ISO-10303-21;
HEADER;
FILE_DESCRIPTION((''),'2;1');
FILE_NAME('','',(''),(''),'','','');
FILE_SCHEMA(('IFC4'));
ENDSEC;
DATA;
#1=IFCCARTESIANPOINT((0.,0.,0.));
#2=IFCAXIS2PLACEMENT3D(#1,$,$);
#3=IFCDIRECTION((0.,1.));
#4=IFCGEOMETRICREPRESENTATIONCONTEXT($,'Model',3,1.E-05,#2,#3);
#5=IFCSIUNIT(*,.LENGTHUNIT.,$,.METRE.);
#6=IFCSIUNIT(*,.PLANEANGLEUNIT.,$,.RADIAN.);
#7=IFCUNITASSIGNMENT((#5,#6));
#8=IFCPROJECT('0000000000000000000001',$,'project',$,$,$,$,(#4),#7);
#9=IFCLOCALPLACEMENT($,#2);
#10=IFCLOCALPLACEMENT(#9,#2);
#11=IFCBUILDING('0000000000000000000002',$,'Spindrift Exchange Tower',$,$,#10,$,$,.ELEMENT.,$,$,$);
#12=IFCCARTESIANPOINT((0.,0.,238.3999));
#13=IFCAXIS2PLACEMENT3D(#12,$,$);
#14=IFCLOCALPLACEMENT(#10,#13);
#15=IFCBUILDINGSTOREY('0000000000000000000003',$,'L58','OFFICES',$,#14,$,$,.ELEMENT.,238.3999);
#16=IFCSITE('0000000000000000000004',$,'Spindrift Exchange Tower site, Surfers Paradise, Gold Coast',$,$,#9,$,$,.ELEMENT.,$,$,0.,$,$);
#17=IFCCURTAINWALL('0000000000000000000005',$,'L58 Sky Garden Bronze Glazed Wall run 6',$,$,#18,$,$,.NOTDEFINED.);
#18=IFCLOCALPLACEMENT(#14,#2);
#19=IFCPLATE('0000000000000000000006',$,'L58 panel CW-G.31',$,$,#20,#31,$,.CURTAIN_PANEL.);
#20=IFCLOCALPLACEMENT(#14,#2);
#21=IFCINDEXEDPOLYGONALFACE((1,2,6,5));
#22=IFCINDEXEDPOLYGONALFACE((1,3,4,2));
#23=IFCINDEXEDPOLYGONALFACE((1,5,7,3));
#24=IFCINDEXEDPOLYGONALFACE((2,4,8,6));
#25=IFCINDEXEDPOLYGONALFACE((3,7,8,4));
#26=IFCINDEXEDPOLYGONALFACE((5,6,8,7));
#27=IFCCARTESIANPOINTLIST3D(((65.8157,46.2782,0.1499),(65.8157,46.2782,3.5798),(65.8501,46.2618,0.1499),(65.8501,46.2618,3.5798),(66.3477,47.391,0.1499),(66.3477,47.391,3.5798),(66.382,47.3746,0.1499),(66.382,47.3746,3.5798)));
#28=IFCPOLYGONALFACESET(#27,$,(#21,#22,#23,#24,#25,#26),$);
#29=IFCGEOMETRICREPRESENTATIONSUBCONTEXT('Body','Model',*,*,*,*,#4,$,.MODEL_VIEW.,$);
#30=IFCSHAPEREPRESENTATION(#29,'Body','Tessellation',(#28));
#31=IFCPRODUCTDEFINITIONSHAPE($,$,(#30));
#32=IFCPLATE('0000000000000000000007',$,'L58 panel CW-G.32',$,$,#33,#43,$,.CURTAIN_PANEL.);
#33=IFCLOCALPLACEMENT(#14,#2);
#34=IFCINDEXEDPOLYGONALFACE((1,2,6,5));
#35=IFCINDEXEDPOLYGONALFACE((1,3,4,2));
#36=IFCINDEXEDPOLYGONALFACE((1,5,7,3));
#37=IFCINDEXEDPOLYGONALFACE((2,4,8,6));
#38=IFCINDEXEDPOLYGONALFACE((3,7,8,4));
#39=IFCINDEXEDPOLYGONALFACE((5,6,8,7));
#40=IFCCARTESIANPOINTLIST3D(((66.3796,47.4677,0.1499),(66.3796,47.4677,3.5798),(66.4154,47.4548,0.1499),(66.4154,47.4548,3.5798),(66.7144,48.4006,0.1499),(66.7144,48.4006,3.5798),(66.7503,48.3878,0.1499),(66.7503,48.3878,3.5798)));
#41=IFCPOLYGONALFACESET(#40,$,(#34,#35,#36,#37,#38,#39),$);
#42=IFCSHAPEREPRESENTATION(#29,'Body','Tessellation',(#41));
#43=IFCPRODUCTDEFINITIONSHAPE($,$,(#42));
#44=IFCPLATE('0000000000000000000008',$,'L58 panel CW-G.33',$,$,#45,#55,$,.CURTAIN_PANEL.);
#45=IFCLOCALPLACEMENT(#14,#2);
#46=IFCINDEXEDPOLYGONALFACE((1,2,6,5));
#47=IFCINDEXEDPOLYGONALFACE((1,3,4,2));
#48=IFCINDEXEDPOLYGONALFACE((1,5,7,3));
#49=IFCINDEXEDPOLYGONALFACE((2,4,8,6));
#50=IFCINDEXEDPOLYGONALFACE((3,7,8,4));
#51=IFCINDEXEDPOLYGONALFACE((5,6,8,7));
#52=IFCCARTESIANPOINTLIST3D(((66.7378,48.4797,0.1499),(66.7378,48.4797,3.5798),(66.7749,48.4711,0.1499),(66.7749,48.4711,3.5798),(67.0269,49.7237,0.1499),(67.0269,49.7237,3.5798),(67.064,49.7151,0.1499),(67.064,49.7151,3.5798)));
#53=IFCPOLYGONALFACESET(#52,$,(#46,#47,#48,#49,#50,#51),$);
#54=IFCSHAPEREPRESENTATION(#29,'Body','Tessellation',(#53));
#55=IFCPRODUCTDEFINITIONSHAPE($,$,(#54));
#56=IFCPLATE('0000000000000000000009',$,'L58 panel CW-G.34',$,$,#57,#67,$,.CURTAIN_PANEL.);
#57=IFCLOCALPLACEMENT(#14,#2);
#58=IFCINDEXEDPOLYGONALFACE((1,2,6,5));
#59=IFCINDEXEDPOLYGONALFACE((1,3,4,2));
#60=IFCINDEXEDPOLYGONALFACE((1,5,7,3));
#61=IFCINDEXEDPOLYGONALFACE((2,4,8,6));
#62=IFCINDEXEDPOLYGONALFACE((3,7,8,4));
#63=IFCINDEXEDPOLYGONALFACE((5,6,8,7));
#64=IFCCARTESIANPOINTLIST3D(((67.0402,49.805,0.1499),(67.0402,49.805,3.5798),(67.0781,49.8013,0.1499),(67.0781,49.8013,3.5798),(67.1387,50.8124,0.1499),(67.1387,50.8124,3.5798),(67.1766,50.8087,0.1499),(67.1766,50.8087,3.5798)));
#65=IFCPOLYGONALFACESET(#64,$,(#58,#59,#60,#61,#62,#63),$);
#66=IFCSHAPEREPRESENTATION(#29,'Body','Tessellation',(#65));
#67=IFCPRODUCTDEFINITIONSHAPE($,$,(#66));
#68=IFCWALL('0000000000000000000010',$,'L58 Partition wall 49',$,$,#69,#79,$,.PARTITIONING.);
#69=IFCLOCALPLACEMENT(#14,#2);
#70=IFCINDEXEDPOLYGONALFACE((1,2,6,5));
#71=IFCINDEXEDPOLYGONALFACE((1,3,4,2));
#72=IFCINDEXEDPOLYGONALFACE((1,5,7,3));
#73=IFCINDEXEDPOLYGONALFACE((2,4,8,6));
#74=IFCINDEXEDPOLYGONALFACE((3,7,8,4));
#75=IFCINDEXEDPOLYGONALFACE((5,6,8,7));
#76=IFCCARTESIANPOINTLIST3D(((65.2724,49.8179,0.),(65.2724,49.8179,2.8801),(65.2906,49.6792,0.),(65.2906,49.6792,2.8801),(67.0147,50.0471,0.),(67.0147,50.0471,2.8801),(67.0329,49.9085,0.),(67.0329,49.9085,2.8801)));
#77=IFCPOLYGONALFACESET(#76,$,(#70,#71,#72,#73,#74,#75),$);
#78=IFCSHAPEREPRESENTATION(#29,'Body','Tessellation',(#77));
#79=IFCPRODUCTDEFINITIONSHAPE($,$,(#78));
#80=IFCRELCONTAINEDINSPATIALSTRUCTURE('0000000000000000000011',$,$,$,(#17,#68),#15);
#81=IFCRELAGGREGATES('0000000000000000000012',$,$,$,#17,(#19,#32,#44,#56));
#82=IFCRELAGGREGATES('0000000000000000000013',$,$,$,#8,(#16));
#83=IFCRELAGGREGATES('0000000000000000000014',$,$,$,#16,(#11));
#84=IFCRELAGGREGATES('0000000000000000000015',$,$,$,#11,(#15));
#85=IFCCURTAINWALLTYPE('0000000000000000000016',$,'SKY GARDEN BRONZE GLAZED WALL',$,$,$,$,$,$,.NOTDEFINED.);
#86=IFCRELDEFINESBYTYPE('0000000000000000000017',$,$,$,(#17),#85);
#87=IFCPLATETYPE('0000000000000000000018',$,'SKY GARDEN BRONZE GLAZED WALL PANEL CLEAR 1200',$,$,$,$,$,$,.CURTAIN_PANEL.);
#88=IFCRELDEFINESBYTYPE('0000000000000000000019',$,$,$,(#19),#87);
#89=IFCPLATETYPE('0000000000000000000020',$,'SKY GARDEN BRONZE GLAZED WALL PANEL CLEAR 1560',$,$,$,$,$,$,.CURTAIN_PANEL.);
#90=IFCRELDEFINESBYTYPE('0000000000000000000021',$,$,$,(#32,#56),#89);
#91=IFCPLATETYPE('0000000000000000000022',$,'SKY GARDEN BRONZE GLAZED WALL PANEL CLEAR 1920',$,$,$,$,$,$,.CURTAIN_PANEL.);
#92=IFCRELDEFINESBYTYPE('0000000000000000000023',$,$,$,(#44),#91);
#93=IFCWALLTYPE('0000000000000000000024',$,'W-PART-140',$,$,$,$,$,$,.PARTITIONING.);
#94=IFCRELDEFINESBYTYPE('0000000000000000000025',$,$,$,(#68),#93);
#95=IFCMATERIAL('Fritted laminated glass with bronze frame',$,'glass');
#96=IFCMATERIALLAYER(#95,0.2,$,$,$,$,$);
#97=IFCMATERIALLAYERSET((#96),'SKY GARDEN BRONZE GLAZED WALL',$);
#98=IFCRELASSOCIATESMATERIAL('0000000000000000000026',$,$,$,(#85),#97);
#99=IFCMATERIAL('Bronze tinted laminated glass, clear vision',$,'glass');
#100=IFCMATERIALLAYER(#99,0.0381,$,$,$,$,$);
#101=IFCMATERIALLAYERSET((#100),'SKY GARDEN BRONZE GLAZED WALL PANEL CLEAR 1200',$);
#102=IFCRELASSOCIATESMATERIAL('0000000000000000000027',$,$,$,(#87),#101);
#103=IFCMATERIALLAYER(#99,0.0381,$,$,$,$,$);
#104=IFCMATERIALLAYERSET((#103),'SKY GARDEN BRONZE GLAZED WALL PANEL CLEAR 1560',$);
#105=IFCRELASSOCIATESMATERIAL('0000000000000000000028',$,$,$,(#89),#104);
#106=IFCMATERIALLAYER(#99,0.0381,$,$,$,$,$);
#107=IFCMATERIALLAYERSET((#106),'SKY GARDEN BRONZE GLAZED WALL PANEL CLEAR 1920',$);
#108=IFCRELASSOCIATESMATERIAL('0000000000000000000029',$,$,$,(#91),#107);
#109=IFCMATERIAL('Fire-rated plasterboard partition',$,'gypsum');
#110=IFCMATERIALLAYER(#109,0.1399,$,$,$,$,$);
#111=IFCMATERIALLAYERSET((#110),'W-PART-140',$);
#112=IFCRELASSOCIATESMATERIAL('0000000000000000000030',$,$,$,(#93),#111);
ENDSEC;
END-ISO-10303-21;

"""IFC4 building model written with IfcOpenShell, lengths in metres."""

from ifc_helpers import new_model, si_unit, direction, frame, frame_2d, origin, origin_2d, place, context, subcontext, project, spatial, rectangle, extrude, source, transform, mapped, material, layer, layer_set, type_object, element, aggregate, save


model = new_model("IFC4")

# Units and contexts
model_context = context("Model", 3, precision=1e-05, world=origin(), true_north=direction((0.0, 1.0)))
body_context = subcontext(model_context, "Body", "Model", "MODEL_VIEW")
ifc_project = project(units=[si_unit("LENGTHUNIT", "METRE"), si_unit("PLANEANGLEUNIT", "RADIAN")], contexts=[model_context])

# Site, building, storey
site_placement = place(None, origin())
site = spatial("IfcSite", under=ifc_project, at=site_placement, Name="Spindrift Exchange Tower site, Surfers Paradise, Gold Coast", CompositionType="ELEMENT", RefElevation=0.0)
building_placement = place(site_placement, origin())
building = spatial("IfcBuilding", under=site, at=building_placement, Name="Spindrift Exchange Tower", CompositionType="ELEMENT")
storey_placement = place(building_placement, frame((0.0, 0.0, 238.3999)))
storey = spatial("IfcBuildingStorey", under=building, at=storey_placement, Name="L58", Description="OFFICES", CompositionType="ELEMENT", Elevation=238.3999)

# Curtain wall, plates
ifc_material_1 = material(Name="Fritted laminated glass with bronze frame", Category="glass")
ifc_layer_1 = layer(ifc_material_1, 0.2)
ifc_layer_set_1 = layer_set([ifc_layer_1], Name="SKY GARDEN BRONZE GLAZED WALL")
curtain_wall_type = type_object("IfcCurtainWallType", Name="SKY GARDEN BRONZE GLAZED WALL", PredefinedType="NOTDEFINED", material=ifc_layer_set_1)
curtain_wall_placement = place(storey_placement, origin())
curtain_wall = element("IfcCurtainWall", 1, at=curtain_wall_placement, inside=storey, type_object=curtain_wall_type, Name="L58 Sky Garden Bronze Glazed Wall run 6", PredefinedType="NOTDEFINED")
ifc_material_2 = material(Name="Bronze tinted laminated glass, clear vision", Category="glass")
ifc_layer_2 = layer(ifc_material_2, 0.0381)
ifc_layer_set_2 = layer_set([ifc_layer_2], Name="SKY GARDEN BRONZE GLAZED WALL PANEL CLEAR 1200")
plate_type_1 = type_object("IfcPlateType", Name="SKY GARDEN BRONZE GLAZED WALL PANEL CLEAR 1200", PredefinedType="CURTAIN_PANEL", material=ifc_layer_set_2)
shared_shape_1 = source(origin(), body_context, "Body", "SweptSolid", [
    extrude(rectangle(XDim=1.2334, YDim=0.0381, at=origin_2d()), origin(), (0.0, 0.0, 1.0), 3.4299),
])
plate_1_placement = place(storey_placement, frame((66.0989, 46.8264, 0.1499), z_axis=(0.0, 0.0, 1.0), x_axis=(0.431308, 0.902205, 0.0)))
plate_1 = element("IfcPlate", 2, at=plate_1_placement, type_object=plate_type_1, Name="L58 panel CW-G.31", PredefinedType="CURTAIN_PANEL", context=body_context, shape_type="MappedRepresentation", body=[
    mapped(shared_shape_1, transform((0.0, 0.0, 0.0), scale=1.0)),
])
ifc_layer_3 = layer(ifc_material_2, 0.0381)
ifc_layer_set_3 = layer_set([ifc_layer_3], Name="SKY GARDEN BRONZE GLAZED WALL PANEL CLEAR 1560")
plate_type_2 = type_object("IfcPlateType", Name="SKY GARDEN BRONZE GLAZED WALL PANEL CLEAR 1560", PredefinedType="CURTAIN_PANEL", material=ifc_layer_set_3)
shared_shape_2 = source(origin(), body_context, "Body", "SweptSolid", [
    extrude(rectangle(XDim=0.9912, YDim=0.0381, at=origin_2d()), origin(), (0.0, 0.0, 1.0), 3.4299),
])
plate_2_placement = place(storey_placement, frame((66.5649, 47.9277, 0.1499), z_axis=(0.0, 0.0, 1.0), x_axis=(0.337808, 0.941215, 0.0)))
plate_2 = element("IfcPlate", 3, at=plate_2_placement, type_object=plate_type_2, Name="L58 panel CW-G.32", PredefinedType="CURTAIN_PANEL", context=body_context, shape_type="MappedRepresentation", body=[
    mapped(shared_shape_2, transform((0.0, 0.0, 0.0), scale=1.0)),
])
ifc_layer_4 = layer(ifc_material_2, 0.0381)
ifc_layer_set_4 = layer_set([ifc_layer_4], Name="SKY GARDEN BRONZE GLAZED WALL PANEL CLEAR 1920")
plate_type_3 = type_object("IfcPlateType", Name="SKY GARDEN BRONZE GLAZED WALL PANEL CLEAR 1920", PredefinedType="CURTAIN_PANEL", material=ifc_layer_set_4)
shared_shape_3 = source(origin(), body_context, "Body", "SweptSolid", [
    extrude(rectangle(XDim=1.2771, YDim=0.0381, at=origin_2d()), origin(), (0.0, 0.0, 1.0), 3.4299),
])
plate_3_placement = place(storey_placement, frame((66.9009, 49.0974, 0.1499), z_axis=(0.0, 0.0, 1.0), x_axis=(0.22635, 0.974046, 0.0)))
plate_3 = element("IfcPlate", 4, at=plate_3_placement, type_object=plate_type_3, Name="L58 panel CW-G.33", PredefinedType="CURTAIN_PANEL", context=body_context, shape_type="MappedRepresentation", body=[
    mapped(shared_shape_3, transform((0.0, 0.0, 0.0), scale=1.0)),
])
shared_shape_4 = source(origin(), body_context, "Body", "SweptSolid", [
    extrude(rectangle(XDim=1.0122, YDim=0.0381, at=origin_2d()), origin(), (0.0, 0.0, 1.0), 3.4299),
])
plate_4_placement = place(storey_placement, frame((67.1084, 50.3069, 0.1499), z_axis=(0.0, 0.0, 1.0), x_axis=(0.097239, 0.995261, 0.0)))
plate_4 = element("IfcPlate", 5, at=plate_4_placement, type_object=plate_type_2, Name="L58 panel CW-G.34", PredefinedType="CURTAIN_PANEL", context=body_context, shape_type="MappedRepresentation", body=[
    mapped(shared_shape_4, transform((0.0, 0.0, 0.0), scale=1.0)),
])
aggregate(curtain_wall, [plate_1, plate_2, plate_3, plate_4])

# Wall
ifc_material_3 = material(Name="Fire-rated plasterboard partition", Category="gypsum")
ifc_layer_5 = layer(ifc_material_3, 0.1399)
ifc_layer_set_5 = layer_set([ifc_layer_5], Name="W-PART-140")
wall_type = type_object("IfcWallType", Name="W-PART-140", PredefinedType="PARTITIONING", material=ifc_layer_set_5)
wall_placement = place(storey_placement, frame((65.2815, 49.7485, 0.0), z_axis=(0.0, 0.0, 1.0), x_axis=(0.991453, 0.130462, 0.0)))
element("IfcWall", 6, at=wall_placement, inside=storey, type_object=wall_type, Name="L58 Partition wall 49", PredefinedType="PARTITIONING", context=body_context, shape_type="SweptSolid", body=[
    extrude(rectangle(XDim=1.7573, YDim=0.1399, at=frame_2d((0.8787, 0.0))), origin(), (0.0, 0.0, 1.0), 2.8801),
])

save(model, "model.ifc")
